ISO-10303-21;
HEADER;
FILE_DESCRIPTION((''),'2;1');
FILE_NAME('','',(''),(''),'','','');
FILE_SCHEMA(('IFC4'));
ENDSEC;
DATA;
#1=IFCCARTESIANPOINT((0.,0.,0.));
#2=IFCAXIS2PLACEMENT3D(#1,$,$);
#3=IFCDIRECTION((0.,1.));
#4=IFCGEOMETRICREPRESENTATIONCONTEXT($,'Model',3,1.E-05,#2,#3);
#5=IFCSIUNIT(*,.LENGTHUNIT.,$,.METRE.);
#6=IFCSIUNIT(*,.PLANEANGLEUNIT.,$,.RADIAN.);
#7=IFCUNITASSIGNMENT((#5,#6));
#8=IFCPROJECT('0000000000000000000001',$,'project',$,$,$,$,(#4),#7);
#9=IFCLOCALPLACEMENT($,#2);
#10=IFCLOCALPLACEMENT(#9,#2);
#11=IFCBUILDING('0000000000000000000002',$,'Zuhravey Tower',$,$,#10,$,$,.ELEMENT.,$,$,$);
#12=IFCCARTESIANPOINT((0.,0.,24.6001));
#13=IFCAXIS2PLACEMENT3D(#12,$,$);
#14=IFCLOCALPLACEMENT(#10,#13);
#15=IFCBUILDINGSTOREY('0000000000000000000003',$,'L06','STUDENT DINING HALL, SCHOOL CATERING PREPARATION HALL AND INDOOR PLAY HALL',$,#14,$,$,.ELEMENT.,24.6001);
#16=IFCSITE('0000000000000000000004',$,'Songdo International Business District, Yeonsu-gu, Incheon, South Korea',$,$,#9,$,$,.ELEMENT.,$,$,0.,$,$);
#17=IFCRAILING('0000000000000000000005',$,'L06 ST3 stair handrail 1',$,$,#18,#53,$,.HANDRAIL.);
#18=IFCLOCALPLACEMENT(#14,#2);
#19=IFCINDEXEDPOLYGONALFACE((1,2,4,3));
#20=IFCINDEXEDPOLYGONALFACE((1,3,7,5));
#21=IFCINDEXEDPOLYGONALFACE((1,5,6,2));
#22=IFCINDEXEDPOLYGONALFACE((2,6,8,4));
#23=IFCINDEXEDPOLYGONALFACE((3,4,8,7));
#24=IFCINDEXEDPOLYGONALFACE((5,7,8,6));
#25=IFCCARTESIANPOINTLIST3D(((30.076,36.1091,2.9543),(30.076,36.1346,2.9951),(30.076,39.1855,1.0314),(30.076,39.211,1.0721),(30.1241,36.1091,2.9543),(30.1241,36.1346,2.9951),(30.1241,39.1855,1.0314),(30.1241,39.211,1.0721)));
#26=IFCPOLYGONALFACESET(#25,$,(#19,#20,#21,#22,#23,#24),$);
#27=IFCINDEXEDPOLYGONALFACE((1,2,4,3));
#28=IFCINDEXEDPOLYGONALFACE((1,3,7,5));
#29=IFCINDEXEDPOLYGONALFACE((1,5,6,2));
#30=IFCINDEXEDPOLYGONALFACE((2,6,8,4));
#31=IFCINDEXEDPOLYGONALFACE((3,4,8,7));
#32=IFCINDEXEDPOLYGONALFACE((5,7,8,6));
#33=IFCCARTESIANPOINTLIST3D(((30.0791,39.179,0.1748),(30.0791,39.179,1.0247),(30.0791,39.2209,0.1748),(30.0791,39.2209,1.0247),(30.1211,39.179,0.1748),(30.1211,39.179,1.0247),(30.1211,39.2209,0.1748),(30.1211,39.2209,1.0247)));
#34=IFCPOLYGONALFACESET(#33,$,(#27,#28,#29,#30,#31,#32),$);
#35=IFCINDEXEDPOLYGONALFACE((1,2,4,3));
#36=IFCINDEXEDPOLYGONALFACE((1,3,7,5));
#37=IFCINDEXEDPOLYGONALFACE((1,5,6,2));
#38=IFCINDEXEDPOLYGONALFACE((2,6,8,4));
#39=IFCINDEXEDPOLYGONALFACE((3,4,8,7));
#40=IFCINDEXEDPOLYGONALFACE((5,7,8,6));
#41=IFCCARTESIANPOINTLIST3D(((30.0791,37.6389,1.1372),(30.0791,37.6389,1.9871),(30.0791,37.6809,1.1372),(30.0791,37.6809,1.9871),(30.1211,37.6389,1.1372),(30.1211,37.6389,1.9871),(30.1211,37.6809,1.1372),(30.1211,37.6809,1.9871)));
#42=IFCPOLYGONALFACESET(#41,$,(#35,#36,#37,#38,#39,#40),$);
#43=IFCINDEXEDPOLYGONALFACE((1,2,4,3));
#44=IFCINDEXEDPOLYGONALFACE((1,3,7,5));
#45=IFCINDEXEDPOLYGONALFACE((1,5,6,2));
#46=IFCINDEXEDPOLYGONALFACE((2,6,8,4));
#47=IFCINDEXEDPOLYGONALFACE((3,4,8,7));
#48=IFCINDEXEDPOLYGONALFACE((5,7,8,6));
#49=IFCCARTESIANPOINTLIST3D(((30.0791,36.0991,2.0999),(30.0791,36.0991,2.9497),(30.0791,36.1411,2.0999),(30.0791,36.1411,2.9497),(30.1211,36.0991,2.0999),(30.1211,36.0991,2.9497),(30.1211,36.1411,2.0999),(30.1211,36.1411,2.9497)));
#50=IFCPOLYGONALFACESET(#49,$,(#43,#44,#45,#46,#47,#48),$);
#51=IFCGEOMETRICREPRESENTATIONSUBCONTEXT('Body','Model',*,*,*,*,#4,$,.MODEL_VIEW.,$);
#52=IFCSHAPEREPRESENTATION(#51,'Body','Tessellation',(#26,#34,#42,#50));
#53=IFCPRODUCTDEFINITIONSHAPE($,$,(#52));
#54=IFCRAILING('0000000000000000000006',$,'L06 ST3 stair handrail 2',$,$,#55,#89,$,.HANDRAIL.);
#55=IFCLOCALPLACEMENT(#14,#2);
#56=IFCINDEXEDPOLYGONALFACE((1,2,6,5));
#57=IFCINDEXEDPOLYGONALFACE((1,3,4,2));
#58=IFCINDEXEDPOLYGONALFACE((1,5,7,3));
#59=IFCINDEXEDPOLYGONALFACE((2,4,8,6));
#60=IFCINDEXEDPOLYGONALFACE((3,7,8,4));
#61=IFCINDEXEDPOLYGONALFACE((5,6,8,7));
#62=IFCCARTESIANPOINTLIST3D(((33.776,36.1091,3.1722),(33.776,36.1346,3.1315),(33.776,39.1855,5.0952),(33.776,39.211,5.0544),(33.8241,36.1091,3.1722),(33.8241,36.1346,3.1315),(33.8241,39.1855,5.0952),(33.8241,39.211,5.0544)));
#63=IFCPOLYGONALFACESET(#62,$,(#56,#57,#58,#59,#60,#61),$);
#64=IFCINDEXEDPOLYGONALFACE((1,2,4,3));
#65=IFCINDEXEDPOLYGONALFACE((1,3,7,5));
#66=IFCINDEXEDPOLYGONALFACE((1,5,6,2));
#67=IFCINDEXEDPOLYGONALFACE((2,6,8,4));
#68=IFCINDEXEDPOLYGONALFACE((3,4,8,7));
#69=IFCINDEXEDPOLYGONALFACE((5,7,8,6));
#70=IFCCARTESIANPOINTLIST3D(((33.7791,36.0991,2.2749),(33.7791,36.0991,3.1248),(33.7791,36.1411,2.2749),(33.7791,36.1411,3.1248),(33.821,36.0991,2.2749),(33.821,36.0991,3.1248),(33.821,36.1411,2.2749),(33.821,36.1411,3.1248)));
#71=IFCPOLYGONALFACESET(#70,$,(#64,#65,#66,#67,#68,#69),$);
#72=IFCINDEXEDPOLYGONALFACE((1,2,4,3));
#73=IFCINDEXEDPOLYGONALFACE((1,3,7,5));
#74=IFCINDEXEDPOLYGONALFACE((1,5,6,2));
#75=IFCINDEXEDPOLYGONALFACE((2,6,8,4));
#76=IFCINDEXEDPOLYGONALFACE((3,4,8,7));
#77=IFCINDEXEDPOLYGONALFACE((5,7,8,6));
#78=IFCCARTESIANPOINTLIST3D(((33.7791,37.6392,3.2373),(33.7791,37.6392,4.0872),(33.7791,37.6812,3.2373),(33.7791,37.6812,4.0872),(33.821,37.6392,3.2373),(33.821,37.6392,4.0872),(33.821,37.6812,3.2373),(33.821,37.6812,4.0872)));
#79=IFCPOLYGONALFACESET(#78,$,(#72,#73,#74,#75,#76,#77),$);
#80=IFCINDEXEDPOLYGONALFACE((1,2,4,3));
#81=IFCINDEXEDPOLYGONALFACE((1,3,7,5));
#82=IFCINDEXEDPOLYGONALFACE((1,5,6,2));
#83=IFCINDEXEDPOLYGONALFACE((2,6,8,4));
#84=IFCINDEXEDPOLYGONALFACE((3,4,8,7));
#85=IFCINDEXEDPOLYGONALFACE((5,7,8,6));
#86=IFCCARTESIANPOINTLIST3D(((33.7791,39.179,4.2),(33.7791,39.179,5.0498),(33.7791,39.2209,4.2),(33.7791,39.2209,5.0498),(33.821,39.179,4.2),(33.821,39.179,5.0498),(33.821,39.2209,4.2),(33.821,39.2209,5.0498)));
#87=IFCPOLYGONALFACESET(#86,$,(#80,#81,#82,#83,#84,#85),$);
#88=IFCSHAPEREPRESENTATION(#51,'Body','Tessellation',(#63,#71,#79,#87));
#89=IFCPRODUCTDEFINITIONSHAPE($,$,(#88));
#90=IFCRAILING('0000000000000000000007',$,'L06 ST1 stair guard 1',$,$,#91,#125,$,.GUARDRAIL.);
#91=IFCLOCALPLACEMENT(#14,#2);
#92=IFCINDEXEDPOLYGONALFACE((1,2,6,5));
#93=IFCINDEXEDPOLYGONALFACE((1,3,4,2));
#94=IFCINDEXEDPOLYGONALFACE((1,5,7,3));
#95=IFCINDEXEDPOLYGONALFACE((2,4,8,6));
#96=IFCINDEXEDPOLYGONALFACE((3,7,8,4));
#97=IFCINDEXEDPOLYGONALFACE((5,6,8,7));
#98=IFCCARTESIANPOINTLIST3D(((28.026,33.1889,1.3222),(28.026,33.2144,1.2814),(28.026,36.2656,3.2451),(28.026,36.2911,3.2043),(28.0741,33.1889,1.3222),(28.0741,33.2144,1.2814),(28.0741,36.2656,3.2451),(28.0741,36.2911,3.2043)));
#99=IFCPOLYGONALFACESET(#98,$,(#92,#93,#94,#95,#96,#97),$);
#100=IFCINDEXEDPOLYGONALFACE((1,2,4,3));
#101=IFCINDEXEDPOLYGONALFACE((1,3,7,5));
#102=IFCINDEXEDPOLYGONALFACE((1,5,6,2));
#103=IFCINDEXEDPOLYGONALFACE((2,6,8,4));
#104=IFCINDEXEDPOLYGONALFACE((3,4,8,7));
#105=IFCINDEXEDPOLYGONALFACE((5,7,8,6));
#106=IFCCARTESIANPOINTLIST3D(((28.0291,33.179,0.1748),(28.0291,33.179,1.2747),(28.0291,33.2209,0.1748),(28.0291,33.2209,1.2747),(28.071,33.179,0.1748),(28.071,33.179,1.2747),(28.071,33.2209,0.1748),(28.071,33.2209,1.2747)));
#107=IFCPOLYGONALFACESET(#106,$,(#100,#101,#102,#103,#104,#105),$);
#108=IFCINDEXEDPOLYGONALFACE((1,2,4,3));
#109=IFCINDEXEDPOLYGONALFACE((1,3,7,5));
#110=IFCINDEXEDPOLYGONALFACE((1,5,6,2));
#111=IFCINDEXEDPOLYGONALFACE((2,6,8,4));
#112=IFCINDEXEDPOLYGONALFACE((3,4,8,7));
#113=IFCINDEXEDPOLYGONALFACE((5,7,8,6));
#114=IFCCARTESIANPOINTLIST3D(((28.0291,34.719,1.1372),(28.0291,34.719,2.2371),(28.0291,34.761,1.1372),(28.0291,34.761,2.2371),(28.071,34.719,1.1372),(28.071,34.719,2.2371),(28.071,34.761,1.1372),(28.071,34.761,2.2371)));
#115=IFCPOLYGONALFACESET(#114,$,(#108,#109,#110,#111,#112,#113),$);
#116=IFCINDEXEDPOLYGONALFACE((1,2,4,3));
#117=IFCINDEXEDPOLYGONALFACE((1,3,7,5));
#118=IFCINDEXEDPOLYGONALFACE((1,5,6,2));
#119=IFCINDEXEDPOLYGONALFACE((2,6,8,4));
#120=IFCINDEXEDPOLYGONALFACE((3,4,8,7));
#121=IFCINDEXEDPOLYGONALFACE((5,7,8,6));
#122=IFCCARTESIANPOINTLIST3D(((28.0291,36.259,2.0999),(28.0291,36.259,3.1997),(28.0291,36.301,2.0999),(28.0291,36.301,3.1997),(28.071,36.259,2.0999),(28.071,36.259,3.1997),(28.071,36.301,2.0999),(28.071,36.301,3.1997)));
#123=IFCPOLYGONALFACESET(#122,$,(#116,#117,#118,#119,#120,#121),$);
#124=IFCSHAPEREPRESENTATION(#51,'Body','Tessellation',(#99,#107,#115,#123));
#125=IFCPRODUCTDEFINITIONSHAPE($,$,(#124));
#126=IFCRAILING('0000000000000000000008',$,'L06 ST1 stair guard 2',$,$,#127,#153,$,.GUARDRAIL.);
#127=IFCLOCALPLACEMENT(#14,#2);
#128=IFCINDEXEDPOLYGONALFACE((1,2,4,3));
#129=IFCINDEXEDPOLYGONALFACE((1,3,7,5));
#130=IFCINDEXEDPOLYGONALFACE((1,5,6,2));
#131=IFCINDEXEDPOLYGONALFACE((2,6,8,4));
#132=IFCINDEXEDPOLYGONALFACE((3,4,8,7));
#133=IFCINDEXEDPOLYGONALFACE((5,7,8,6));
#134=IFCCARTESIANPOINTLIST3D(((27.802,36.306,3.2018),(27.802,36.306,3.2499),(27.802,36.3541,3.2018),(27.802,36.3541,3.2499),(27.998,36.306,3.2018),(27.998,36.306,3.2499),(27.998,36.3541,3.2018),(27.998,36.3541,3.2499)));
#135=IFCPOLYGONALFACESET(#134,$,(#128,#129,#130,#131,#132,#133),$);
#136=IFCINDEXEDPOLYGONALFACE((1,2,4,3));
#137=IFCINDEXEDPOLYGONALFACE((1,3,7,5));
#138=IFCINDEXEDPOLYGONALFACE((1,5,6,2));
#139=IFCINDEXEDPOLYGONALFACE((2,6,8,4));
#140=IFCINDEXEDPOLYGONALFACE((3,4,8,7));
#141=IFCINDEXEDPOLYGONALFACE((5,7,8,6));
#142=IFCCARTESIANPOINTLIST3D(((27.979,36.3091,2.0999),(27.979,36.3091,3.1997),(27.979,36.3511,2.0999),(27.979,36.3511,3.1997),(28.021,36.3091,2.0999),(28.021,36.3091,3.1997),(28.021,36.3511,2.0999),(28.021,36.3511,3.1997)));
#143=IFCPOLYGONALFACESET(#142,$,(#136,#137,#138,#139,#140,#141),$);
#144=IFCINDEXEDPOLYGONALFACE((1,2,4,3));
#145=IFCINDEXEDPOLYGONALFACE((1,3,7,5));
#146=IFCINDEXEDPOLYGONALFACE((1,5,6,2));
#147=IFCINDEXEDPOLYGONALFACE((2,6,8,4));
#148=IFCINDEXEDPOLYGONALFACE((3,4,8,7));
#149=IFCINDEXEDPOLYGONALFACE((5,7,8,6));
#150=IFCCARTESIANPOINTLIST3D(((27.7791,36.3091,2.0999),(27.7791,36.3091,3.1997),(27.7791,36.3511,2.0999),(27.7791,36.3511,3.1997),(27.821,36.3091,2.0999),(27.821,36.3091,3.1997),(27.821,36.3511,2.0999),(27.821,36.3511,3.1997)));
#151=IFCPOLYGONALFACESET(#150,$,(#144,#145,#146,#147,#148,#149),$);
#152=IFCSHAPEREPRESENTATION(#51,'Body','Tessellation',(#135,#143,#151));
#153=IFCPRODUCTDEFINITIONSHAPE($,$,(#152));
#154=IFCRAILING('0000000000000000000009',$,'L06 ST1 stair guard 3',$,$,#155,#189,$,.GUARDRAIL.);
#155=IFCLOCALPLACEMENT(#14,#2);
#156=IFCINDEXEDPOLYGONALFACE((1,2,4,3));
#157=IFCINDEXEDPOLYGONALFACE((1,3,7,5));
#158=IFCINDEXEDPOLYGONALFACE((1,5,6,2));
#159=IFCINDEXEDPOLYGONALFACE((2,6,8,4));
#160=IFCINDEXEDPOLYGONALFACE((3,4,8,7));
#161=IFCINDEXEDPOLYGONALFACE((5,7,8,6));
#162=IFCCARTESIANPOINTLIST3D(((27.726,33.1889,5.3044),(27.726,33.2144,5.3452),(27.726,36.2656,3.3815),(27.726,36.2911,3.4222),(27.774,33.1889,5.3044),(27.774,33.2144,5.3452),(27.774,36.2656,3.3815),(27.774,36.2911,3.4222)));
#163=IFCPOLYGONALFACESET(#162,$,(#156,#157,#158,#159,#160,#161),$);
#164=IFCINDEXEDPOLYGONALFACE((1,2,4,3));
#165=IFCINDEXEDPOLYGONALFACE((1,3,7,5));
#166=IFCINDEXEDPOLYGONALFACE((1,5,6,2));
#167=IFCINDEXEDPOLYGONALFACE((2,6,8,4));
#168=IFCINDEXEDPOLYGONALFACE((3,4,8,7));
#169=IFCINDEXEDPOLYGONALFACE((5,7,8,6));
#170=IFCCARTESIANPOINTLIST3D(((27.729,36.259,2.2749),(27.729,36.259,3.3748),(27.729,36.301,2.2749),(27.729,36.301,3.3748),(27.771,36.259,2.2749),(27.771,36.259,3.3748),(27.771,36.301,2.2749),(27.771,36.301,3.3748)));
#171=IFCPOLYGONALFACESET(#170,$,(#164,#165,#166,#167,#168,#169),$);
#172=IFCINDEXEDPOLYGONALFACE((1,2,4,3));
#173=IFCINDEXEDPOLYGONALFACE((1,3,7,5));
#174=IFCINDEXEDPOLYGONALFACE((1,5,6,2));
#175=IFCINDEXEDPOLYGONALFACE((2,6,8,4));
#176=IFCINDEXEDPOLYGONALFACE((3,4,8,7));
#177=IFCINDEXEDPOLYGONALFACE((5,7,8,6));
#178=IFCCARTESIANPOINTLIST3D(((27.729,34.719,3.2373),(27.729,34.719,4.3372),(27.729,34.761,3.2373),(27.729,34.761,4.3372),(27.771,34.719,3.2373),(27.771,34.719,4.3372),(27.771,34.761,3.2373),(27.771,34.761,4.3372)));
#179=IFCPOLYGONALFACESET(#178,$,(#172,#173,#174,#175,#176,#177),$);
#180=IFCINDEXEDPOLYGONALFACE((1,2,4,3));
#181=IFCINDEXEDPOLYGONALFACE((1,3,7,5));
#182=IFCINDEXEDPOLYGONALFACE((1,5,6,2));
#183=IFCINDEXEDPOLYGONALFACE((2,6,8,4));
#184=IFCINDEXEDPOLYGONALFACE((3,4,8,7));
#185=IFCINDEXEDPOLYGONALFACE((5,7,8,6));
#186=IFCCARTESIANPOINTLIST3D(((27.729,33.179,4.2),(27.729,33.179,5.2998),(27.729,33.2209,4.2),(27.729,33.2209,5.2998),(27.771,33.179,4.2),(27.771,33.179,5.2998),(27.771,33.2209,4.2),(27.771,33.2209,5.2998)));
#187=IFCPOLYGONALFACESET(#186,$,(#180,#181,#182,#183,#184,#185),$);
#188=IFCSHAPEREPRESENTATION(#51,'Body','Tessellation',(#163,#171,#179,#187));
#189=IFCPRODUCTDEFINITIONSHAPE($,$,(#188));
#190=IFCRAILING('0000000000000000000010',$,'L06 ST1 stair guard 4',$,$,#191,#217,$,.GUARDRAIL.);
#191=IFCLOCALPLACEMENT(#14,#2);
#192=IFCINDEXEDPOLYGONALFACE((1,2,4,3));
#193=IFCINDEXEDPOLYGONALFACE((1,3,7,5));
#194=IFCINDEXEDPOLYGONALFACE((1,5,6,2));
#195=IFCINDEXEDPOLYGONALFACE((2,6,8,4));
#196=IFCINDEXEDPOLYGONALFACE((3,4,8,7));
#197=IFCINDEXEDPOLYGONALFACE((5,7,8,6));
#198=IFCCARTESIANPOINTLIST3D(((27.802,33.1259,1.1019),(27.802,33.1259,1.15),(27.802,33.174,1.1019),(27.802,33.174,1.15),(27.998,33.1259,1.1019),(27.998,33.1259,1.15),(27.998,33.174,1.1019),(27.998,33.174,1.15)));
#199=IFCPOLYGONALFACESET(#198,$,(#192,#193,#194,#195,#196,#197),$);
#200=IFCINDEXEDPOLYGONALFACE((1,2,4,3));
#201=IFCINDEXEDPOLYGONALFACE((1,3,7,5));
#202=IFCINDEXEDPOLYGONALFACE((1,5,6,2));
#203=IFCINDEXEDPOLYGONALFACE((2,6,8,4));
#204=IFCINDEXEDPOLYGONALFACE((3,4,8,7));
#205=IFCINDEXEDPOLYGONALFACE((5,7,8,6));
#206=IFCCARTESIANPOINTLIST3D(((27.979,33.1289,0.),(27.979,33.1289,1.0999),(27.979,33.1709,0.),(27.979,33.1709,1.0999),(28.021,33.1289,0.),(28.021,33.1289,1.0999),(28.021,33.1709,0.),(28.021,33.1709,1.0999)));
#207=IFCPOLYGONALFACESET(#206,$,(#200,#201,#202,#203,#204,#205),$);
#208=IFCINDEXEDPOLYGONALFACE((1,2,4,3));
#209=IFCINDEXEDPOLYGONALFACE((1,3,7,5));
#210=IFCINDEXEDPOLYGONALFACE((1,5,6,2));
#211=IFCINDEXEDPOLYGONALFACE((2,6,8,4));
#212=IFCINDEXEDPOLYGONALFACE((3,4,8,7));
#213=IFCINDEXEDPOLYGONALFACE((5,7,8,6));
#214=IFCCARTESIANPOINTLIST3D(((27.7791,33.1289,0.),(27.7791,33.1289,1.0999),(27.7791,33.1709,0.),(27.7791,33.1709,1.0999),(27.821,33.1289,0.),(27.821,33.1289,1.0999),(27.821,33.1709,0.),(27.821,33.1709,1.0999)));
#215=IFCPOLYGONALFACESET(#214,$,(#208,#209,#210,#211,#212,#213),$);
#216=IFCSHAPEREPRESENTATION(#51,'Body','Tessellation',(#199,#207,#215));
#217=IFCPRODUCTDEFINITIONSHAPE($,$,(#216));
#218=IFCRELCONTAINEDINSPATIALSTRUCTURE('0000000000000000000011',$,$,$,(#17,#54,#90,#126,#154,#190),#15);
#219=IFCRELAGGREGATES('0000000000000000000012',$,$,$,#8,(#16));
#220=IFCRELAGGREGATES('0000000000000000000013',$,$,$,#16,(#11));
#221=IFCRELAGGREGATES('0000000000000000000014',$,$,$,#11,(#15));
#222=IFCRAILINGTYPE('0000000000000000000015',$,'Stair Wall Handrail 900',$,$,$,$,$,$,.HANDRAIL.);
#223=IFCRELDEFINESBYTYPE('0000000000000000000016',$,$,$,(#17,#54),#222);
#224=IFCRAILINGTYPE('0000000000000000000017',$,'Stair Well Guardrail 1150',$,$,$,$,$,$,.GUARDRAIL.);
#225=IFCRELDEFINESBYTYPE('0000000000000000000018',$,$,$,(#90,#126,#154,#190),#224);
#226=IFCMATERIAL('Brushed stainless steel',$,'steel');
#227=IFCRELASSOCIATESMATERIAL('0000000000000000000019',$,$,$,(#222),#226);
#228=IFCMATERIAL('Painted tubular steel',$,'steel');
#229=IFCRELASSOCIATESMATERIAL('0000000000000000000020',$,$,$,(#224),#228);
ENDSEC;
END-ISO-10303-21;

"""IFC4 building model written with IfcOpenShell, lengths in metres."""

from ifc_helpers import new_model, si_unit, direction, frame, origin, origin_2d, place, context, subcontext, project, spatial, rectangle, extrude, material, type_object, element, save


model = new_model("IFC4")

# Units and contexts
model_context = context("Model", 3, precision=1e-05, world=origin(), true_north=direction((0.0, 1.0)))
body_context = subcontext(model_context, "Body", "Model", "MODEL_VIEW")
ifc_project = project(units=[si_unit("LENGTHUNIT", "METRE"), si_unit("PLANEANGLEUNIT", "RADIAN")], contexts=[model_context])

# Site, building, storey
site_placement = place(None, origin())
site = spatial("IfcSite", under=ifc_project, at=site_placement, Name="Songdo International Business District, Yeonsu-gu, Incheon, South Korea", CompositionType="ELEMENT", RefElevation=0.0)
building_placement = place(site_placement, origin())
building = spatial("IfcBuilding", under=site, at=building_placement, Name="Zuhravey Tower", CompositionType="ELEMENT")
storey_placement = place(building_placement, frame((0.0, 0.0, 24.6001)))
storey = spatial("IfcBuildingStorey", under=building, at=storey_placement, Name="L06", Description="STUDENT DINING HALL, SCHOOL CATERING PREPARATION HALL AND INDOOR PLAY HALL", CompositionType="ELEMENT", Elevation=24.6001)

# Railings
ifc_material_1 = material(Name="Brushed stainless steel", Category="steel")
railing_type_1 = type_object("IfcRailingType", Name="Stair Wall Handrail 900", PredefinedType="HANDRAIL", material=ifc_material_1)
railing_1_placement = place(storey_placement, frame((30.1001, 39.2, 0.1748)))
element("IfcRailing", 1, at=railing_1_placement, inside=storey, type_object=railing_type_1, Name="L06 ST3 stair handrail 1", PredefinedType="HANDRAIL", context=body_context, shape_type="SweptSolid", body=[
    extrude(rectangle(XDim=0.0481, YDim=0.0481, at=origin_2d()), frame((0.0, -0.0017, 0.877), z_axis=(0.0, -0.847979, 0.530029), x_axis=(1.0, 0.0, 0.0)), (0.0, 0.0, 1.0), 3.6279),
    extrude(rectangle(XDim=0.042, YDim=0.042, at=origin_2d()), origin(), (0.0, 0.0, 1.0), 0.8499),
    extrude(rectangle(XDim=0.042, YDim=0.042, at=origin_2d()), frame((0.0, -1.54, 0.9624)), (0.0, 0.0, 1.0), 0.8499),
    extrude(rectangle(XDim=0.042, YDim=0.042, at=origin_2d()), frame((0.0, -3.0798, 1.925)), (0.0, 0.0, 1.0), 0.8499),
])
railing_2_placement = place(storey_placement, frame((33.8, 36.1201, 2.2749)))
element("IfcRailing", 2, at=railing_2_placement, inside=storey, type_object=railing_type_1, Name="L06 ST3 stair handrail 2", PredefinedType="HANDRAIL", context=body_context, shape_type="SweptSolid", body=[
    extrude(rectangle(XDim=0.0481, YDim=0.0481, at=origin_2d()), frame((0.0, 0.0017, 0.877), z_axis=(0.0, 0.847979, 0.530029), x_axis=(-1.0, 0.0, 0.0)), (0.0, 0.0, 1.0), 3.6279),
    extrude(rectangle(XDim=0.042, YDim=0.042, at=origin_2d()), origin(), (0.0, 0.0, 1.0), 0.8499),
    extrude(rectangle(XDim=0.042, YDim=0.042, at=origin_2d()), frame((0.0, 1.54, 0.9624)), (0.0, 0.0, 1.0), 0.8499),
    extrude(rectangle(XDim=0.042, YDim=0.042, at=origin_2d()), frame((0.0, 3.0798, 1.925)), (0.0, 0.0, 1.0), 0.8499),
])
ifc_material_2 = material(Name="Painted tubular steel", Category="steel")
railing_type_2 = type_object("IfcRailingType", Name="Stair Well Guardrail 1150", PredefinedType="GUARDRAIL", material=ifc_material_2)
railing_3_placement = place(storey_placement, frame((28.05, 33.2, 0.1748)))
element("IfcRailing", 3, at=railing_3_placement, inside=storey, type_object=railing_type_2, Name="L06 ST1 stair guard 1", PredefinedType="GUARDRAIL", context=body_context, shape_type="SweptSolid", body=[
    extrude(rectangle(XDim=0.0481, YDim=0.0481, at=origin_2d()), frame((0.0, 0.0017, 1.127), z_axis=(0.0, 0.847998, 0.529999), x_axis=(-1.0, 0.0, 0.0)), (0.0, 0.0, 1.0), 3.6282),
    extrude(rectangle(XDim=0.042, YDim=0.042, at=origin_2d()), origin(), (0.0, 0.0, 1.0), 1.0999),
    extrude(rectangle(XDim=0.042, YDim=0.042, at=origin_2d()), frame((0.0, 1.54, 0.9624)), (0.0, 0.0, 1.0), 1.0999),
    extrude(rectangle(XDim=0.042, YDim=0.042, at=origin_2d()), frame((0.0, 3.0801, 1.925)), (0.0, 0.0, 1.0), 1.0999),
])
railing_4_placement = place(storey_placement, frame((28.0, 36.3301, 2.0999)))
element("IfcRailing", 4, at=railing_4_placement, inside=storey, type_object=railing_type_2, Name="L06 ST1 stair guard 2", PredefinedType="GUARDRAIL", context=body_context, shape_type="SweptSolid", body=[
    extrude(rectangle(XDim=0.0481, YDim=0.0481, at=origin_2d()), frame((-0.002, 0.0, 1.126), z_axis=(-1.0, 0.0, 0.0), x_axis=(0.0, -1.0, 0.0)), (0.0, 0.0, 1.0), 0.196),
    extrude(rectangle(XDim=0.042, YDim=0.042, at=origin_2d()), origin(), (0.0, 0.0, 1.0), 1.0999),
    extrude(rectangle(XDim=0.042, YDim=0.042, at=origin_2d()), frame((-0.2, 0.0, 0.0)), (0.0, 0.0, 1.0), 1.0999),
])
railing_5_placement = place(storey_placement, frame((27.75, 36.28, 2.2749)))
element("IfcRailing", 5, at=railing_5_placement, inside=storey, type_object=railing_type_2, Name="L06 ST1 stair guard 3", PredefinedType="GUARDRAIL", context=body_context, shape_type="SweptSolid", body=[
    extrude(rectangle(XDim=0.0481, YDim=0.0481, at=origin_2d()), frame((0.0, -0.0017, 1.127), z_axis=(0.0, -0.847998, 0.529999), x_axis=(1.0, 0.0, 0.0)), (0.0, 0.0, 1.0), 3.6282),
    extrude(rectangle(XDim=0.042, YDim=0.042, at=origin_2d()), origin(), (0.0, 0.0, 1.0), 1.0999),
    extrude(rectangle(XDim=0.042, YDim=0.042, at=origin_2d()), frame((0.0, -1.54, 0.9624)), (0.0, 0.0, 1.0), 1.0999),
    extrude(rectangle(XDim=0.042, YDim=0.042, at=origin_2d()), frame((0.0, -3.0801, 1.925)), (0.0, 0.0, 1.0), 1.0999),
])
railing_6_placement = place(storey_placement, frame((28.0, 33.1499, 0.0)))
element("IfcRailing", 6, at=railing_6_placement, inside=storey, type_object=railing_type_2, Name="L06 ST1 stair guard 4", PredefinedType="GUARDRAIL", context=body_context, shape_type="SweptSolid", body=[
    extrude(rectangle(XDim=0.0481, YDim=0.0481, at=origin_2d()), frame((-0.002, 0.0, 1.126), z_axis=(-1.0, 0.0, 0.0), x_axis=(0.0, -1.0, 0.0)), (0.0, 0.0, 1.0), 0.196),
    extrude(rectangle(XDim=0.042, YDim=0.042, at=origin_2d()), origin(), (0.0, 0.0, 1.0), 1.0999),
    extrude(rectangle(XDim=0.042, YDim=0.042, at=origin_2d()), frame((-0.2, 0.0, 0.0)), (0.0, 0.0, 1.0), 1.0999),
])

save(model, "model.ifc")
